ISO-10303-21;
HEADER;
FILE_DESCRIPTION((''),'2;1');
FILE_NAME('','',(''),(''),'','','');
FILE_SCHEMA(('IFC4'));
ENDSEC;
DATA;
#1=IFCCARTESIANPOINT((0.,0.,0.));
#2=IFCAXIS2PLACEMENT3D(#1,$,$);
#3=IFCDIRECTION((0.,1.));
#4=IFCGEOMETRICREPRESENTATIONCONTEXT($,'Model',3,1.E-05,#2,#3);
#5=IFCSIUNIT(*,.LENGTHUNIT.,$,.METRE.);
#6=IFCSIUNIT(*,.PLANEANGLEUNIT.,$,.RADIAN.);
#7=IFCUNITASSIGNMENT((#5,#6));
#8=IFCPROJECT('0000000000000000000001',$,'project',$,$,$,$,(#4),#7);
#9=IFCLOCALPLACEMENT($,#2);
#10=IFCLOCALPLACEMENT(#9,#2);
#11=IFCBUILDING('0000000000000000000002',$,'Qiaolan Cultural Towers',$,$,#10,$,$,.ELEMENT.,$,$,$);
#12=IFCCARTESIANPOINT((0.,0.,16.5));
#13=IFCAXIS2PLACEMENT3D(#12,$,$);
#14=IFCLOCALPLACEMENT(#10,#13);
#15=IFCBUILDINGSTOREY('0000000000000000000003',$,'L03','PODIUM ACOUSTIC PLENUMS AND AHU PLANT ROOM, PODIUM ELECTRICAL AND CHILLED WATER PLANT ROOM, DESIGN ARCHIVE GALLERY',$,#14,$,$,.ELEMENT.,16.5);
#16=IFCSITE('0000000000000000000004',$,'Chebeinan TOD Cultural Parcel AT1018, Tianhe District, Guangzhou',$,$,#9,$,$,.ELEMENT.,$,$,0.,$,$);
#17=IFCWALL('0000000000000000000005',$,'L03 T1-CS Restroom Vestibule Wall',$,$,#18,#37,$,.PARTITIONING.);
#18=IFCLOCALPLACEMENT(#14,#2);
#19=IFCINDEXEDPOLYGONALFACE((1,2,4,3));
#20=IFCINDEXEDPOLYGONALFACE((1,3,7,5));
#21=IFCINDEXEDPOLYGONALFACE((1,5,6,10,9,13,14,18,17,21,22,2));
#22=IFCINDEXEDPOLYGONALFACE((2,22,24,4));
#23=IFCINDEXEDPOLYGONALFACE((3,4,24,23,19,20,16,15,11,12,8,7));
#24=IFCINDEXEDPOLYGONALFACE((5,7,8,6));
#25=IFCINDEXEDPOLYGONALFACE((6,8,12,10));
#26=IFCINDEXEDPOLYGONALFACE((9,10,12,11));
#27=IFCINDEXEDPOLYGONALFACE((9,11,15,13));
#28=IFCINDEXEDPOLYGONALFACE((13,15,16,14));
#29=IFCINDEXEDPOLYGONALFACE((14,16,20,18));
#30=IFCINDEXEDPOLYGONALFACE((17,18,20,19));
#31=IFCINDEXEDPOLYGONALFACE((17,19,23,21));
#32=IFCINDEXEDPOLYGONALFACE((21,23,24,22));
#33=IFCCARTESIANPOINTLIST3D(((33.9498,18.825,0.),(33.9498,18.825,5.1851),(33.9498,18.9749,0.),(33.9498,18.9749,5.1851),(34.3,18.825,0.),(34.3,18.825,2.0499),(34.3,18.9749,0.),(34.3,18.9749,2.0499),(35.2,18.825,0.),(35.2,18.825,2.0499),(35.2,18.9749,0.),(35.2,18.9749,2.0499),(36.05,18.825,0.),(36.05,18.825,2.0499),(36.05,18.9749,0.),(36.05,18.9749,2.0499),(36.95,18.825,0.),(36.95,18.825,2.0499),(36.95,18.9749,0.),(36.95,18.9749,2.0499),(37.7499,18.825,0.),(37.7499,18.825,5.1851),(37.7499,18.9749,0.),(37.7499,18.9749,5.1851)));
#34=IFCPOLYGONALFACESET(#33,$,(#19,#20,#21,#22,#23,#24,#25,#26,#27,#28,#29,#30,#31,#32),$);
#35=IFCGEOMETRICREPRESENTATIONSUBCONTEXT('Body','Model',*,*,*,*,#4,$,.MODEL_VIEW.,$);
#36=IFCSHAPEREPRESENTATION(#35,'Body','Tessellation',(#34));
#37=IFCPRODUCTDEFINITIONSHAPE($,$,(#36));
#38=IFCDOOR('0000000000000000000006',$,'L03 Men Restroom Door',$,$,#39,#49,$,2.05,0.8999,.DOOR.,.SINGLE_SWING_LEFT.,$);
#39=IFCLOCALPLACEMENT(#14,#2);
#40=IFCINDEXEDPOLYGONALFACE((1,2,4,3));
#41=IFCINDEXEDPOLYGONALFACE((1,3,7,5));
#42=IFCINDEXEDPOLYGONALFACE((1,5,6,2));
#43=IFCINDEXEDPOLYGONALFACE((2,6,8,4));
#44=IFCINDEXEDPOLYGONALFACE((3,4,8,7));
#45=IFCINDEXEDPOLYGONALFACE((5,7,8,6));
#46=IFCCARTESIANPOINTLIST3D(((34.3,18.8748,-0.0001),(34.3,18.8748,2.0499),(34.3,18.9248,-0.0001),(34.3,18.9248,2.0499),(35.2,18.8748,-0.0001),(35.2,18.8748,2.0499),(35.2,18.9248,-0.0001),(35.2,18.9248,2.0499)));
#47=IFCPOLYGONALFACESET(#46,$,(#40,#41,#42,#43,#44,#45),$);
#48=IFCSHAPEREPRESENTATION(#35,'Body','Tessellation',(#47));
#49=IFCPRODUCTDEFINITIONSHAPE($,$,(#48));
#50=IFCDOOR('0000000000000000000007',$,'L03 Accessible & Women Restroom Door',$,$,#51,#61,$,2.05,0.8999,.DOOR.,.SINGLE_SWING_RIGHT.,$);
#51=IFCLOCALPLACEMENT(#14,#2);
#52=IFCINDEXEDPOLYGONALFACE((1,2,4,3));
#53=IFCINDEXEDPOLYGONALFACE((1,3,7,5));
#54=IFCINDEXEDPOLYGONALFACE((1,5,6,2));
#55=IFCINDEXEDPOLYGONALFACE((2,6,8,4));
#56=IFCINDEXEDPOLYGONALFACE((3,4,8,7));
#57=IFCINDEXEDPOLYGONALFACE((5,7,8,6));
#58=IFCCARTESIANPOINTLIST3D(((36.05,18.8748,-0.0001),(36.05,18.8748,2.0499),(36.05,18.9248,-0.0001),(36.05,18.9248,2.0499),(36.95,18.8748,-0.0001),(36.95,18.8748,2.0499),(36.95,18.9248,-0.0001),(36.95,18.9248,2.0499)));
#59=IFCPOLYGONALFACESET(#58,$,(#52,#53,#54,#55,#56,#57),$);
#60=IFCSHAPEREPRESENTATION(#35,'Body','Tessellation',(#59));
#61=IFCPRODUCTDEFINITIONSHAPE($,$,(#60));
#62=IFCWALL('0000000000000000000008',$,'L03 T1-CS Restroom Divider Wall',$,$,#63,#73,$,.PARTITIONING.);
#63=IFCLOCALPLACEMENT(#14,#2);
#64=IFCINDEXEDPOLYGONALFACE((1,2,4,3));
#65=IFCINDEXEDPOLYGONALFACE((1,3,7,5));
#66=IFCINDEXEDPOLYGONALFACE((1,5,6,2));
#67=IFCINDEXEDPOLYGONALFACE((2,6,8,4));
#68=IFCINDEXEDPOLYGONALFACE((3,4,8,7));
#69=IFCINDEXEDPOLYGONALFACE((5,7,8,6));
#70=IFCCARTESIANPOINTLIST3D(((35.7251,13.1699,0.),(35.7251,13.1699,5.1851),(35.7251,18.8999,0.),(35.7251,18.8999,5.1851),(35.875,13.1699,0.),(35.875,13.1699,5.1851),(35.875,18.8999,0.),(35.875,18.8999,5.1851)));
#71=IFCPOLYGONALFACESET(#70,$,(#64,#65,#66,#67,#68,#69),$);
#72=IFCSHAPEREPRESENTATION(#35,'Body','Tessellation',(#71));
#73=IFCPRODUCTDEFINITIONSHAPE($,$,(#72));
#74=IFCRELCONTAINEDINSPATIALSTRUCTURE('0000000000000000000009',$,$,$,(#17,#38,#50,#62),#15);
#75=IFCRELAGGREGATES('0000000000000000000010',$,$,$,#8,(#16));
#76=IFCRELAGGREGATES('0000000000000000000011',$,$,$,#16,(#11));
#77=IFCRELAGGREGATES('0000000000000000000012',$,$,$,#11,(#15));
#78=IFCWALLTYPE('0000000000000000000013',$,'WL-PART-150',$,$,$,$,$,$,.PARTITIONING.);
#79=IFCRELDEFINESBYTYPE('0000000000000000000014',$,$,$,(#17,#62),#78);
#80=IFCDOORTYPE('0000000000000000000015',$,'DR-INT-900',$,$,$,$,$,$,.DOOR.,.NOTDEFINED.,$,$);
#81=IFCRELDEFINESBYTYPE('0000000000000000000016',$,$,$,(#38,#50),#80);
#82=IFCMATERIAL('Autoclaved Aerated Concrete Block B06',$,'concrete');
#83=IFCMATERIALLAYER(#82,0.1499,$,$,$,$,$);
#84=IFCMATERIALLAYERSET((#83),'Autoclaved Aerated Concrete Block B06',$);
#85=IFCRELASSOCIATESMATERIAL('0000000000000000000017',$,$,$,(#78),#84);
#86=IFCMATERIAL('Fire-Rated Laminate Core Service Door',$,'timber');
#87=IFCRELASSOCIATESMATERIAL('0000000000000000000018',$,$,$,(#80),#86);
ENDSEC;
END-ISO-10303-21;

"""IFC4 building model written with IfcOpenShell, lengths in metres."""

from ifc_helpers import new_model, si_unit, direction, frame, frame_2d, origin, place, context, subcontext, project, spatial, rectangle, extrude, material, layer, layer_set, type_object, element, fill, save


model = new_model("IFC4")

# Units and contexts
model_context = context("Model", 3, precision=1e-05, world=origin(), true_north=direction((0.0, 1.0)))
body_context = subcontext(model_context, "Body", "Model", "MODEL_VIEW")
ifc_project = project(units=[si_unit("LENGTHUNIT", "METRE"), si_unit("PLANEANGLEUNIT", "RADIAN")], contexts=[model_context])

# Site, building, storey
site_placement = place(None, origin())
site = spatial("IfcSite", under=ifc_project, at=site_placement, Name="Chebeinan TOD Cultural Parcel AT1018, Tianhe District, Guangzhou", CompositionType="ELEMENT", RefElevation=0.0)
building_placement = place(site_placement, origin())
building = spatial("IfcBuilding", under=site, at=building_placement, Name="Qiaolan Cultural Towers", CompositionType="ELEMENT")
storey_placement = place(building_placement, frame((0.0, 0.0, 16.5)))
storey = spatial("IfcBuildingStorey", under=building, at=storey_placement, Name="L03", Description="PODIUM ACOUSTIC PLENUMS AND AHU PLANT ROOM, PODIUM ELECTRICAL AND CHILLED WATER PLANT ROOM, DESIGN ARCHIVE GALLERY", CompositionType="ELEMENT", Elevation=16.5)

# Shared definitions
ifc_material_1 = material(Name="Autoclaved Aerated Concrete Block B06", Category="concrete")
ifc_layer_1 = layer(ifc_material_1, 0.1499)
ifc_layer_set_1 = layer_set([ifc_layer_1], Name="Autoclaved Aerated Concrete Block B06")
wall_type_1 = type_object("IfcWallType", Name="WL-PART-150", PredefinedType="PARTITIONING", material=ifc_layer_set_1)

# Wall, openings, doors
wall_1_placement = place(storey_placement, frame((33.95, 18.8999, 0.0), z_axis=(0.0, 0.0, 1.0), x_axis=(1.0, 0.0, 0.0)))
wall_1 = element("IfcWall", 1, at=wall_1_placement, inside=storey, type_object=wall_type_1, Name="L03 T1-CS Restroom Vestibule Wall", PredefinedType="PARTITIONING", context=body_context, shape_type="SweptSolid", body=[
    extrude(rectangle(XDim=3.8, YDim=0.1499, at=frame_2d((1.8999, 0.0))), origin(), (0.0, 0.0, 1.0), 5.1851),
])
opening_1_placement = place(wall_1_placement, frame((0.3501, 0.0, 0.0)))
opening_1 = element("IfcOpeningElement", 2, at=opening_1_placement, cuts=wall_1, PredefinedType="OPENING", context=body_context, shape_type="SweptSolid", body=[
    extrude(rectangle(XDim=0.8999, YDim=2.05, at=frame_2d((0.45, 1.0249))), frame((0.0, 0.085, 0.0), z_axis=(0.0, -1.0, 0.0), x_axis=(1.0, 0.0, 0.0)), (0.0, 0.0, 1.0), 0.1699),
])
opening_2_placement = place(wall_1_placement, frame((2.1001, 0.0, 0.0)))
opening_2 = element("IfcOpeningElement", 3, at=opening_2_placement, cuts=wall_1, PredefinedType="OPENING", context=body_context, shape_type="SweptSolid", body=[
    extrude(rectangle(XDim=0.8999, YDim=2.05, at=frame_2d((0.45, 1.0249))), frame((0.0, 0.085, 0.0), z_axis=(0.0, -1.0, 0.0), x_axis=(1.0, 0.0, 0.0)), (0.0, 0.0, 1.0), 0.1699),
])
ifc_material_2 = material(Name="Fire-Rated Laminate Core Service Door", Category="timber")
door_type_1 = type_object("IfcDoorType", Name="DR-INT-900", OperationType="NOTDEFINED", PredefinedType="DOOR", material=ifc_material_2)
door_1_placement = place(opening_1_placement, origin())
door_1 = element("IfcDoor", 4, at=door_1_placement, inside=storey, type_object=door_type_1, Name="L03 Men Restroom Door", OperationType="SINGLE_SWING_LEFT", OverallHeight=2.05, OverallWidth=0.8999, PredefinedType="DOOR", context=body_context, shape_type="SweptSolid", body=[
    extrude(rectangle(XDim=0.8999, YDim=2.05, at=frame_2d((0.45, 1.0249))), frame((0.0, 0.0249, 0.0), z_axis=(0.0, -1.0, 0.0), x_axis=(1.0, 0.0, 0.0)), (0.0, 0.0, 1.0), 0.05),
])
fill(opening_1, door_1)
door_2_placement = place(opening_2_placement, origin())
door_2 = element("IfcDoor", 5, at=door_2_placement, inside=storey, type_object=door_type_1, Name="L03 Accessible & Women Restroom Door", OperationType="SINGLE_SWING_RIGHT", OverallHeight=2.05, OverallWidth=0.8999, PredefinedType="DOOR", context=body_context, shape_type="SweptSolid", body=[
    extrude(rectangle(XDim=0.8999, YDim=2.05, at=frame_2d((0.45, 1.0249))), frame((0.0, 0.0249, 0.0), z_axis=(0.0, -1.0, 0.0), x_axis=(1.0, 0.0, 0.0)), (0.0, 0.0, 1.0), 0.05),
])
fill(opening_2, door_2)

# Wall
wall_2_placement = place(storey_placement, frame((35.8, 18.8999, 0.0), z_axis=(0.0, 0.0, 1.0), x_axis=(0.0, -1.0, 0.0)))
element("IfcWall", 6, at=wall_2_placement, inside=storey, type_object=wall_type_1, Name="L03 T1-CS Restroom Divider Wall", PredefinedType="PARTITIONING", context=body_context, shape_type="SweptSolid", body=[
    extrude(rectangle(XDim=5.73, YDim=0.1499, at=frame_2d((2.865, 0.0))), origin(), (0.0, 0.0, 1.0), 5.1851),
])

save(model, "model.ifc")
